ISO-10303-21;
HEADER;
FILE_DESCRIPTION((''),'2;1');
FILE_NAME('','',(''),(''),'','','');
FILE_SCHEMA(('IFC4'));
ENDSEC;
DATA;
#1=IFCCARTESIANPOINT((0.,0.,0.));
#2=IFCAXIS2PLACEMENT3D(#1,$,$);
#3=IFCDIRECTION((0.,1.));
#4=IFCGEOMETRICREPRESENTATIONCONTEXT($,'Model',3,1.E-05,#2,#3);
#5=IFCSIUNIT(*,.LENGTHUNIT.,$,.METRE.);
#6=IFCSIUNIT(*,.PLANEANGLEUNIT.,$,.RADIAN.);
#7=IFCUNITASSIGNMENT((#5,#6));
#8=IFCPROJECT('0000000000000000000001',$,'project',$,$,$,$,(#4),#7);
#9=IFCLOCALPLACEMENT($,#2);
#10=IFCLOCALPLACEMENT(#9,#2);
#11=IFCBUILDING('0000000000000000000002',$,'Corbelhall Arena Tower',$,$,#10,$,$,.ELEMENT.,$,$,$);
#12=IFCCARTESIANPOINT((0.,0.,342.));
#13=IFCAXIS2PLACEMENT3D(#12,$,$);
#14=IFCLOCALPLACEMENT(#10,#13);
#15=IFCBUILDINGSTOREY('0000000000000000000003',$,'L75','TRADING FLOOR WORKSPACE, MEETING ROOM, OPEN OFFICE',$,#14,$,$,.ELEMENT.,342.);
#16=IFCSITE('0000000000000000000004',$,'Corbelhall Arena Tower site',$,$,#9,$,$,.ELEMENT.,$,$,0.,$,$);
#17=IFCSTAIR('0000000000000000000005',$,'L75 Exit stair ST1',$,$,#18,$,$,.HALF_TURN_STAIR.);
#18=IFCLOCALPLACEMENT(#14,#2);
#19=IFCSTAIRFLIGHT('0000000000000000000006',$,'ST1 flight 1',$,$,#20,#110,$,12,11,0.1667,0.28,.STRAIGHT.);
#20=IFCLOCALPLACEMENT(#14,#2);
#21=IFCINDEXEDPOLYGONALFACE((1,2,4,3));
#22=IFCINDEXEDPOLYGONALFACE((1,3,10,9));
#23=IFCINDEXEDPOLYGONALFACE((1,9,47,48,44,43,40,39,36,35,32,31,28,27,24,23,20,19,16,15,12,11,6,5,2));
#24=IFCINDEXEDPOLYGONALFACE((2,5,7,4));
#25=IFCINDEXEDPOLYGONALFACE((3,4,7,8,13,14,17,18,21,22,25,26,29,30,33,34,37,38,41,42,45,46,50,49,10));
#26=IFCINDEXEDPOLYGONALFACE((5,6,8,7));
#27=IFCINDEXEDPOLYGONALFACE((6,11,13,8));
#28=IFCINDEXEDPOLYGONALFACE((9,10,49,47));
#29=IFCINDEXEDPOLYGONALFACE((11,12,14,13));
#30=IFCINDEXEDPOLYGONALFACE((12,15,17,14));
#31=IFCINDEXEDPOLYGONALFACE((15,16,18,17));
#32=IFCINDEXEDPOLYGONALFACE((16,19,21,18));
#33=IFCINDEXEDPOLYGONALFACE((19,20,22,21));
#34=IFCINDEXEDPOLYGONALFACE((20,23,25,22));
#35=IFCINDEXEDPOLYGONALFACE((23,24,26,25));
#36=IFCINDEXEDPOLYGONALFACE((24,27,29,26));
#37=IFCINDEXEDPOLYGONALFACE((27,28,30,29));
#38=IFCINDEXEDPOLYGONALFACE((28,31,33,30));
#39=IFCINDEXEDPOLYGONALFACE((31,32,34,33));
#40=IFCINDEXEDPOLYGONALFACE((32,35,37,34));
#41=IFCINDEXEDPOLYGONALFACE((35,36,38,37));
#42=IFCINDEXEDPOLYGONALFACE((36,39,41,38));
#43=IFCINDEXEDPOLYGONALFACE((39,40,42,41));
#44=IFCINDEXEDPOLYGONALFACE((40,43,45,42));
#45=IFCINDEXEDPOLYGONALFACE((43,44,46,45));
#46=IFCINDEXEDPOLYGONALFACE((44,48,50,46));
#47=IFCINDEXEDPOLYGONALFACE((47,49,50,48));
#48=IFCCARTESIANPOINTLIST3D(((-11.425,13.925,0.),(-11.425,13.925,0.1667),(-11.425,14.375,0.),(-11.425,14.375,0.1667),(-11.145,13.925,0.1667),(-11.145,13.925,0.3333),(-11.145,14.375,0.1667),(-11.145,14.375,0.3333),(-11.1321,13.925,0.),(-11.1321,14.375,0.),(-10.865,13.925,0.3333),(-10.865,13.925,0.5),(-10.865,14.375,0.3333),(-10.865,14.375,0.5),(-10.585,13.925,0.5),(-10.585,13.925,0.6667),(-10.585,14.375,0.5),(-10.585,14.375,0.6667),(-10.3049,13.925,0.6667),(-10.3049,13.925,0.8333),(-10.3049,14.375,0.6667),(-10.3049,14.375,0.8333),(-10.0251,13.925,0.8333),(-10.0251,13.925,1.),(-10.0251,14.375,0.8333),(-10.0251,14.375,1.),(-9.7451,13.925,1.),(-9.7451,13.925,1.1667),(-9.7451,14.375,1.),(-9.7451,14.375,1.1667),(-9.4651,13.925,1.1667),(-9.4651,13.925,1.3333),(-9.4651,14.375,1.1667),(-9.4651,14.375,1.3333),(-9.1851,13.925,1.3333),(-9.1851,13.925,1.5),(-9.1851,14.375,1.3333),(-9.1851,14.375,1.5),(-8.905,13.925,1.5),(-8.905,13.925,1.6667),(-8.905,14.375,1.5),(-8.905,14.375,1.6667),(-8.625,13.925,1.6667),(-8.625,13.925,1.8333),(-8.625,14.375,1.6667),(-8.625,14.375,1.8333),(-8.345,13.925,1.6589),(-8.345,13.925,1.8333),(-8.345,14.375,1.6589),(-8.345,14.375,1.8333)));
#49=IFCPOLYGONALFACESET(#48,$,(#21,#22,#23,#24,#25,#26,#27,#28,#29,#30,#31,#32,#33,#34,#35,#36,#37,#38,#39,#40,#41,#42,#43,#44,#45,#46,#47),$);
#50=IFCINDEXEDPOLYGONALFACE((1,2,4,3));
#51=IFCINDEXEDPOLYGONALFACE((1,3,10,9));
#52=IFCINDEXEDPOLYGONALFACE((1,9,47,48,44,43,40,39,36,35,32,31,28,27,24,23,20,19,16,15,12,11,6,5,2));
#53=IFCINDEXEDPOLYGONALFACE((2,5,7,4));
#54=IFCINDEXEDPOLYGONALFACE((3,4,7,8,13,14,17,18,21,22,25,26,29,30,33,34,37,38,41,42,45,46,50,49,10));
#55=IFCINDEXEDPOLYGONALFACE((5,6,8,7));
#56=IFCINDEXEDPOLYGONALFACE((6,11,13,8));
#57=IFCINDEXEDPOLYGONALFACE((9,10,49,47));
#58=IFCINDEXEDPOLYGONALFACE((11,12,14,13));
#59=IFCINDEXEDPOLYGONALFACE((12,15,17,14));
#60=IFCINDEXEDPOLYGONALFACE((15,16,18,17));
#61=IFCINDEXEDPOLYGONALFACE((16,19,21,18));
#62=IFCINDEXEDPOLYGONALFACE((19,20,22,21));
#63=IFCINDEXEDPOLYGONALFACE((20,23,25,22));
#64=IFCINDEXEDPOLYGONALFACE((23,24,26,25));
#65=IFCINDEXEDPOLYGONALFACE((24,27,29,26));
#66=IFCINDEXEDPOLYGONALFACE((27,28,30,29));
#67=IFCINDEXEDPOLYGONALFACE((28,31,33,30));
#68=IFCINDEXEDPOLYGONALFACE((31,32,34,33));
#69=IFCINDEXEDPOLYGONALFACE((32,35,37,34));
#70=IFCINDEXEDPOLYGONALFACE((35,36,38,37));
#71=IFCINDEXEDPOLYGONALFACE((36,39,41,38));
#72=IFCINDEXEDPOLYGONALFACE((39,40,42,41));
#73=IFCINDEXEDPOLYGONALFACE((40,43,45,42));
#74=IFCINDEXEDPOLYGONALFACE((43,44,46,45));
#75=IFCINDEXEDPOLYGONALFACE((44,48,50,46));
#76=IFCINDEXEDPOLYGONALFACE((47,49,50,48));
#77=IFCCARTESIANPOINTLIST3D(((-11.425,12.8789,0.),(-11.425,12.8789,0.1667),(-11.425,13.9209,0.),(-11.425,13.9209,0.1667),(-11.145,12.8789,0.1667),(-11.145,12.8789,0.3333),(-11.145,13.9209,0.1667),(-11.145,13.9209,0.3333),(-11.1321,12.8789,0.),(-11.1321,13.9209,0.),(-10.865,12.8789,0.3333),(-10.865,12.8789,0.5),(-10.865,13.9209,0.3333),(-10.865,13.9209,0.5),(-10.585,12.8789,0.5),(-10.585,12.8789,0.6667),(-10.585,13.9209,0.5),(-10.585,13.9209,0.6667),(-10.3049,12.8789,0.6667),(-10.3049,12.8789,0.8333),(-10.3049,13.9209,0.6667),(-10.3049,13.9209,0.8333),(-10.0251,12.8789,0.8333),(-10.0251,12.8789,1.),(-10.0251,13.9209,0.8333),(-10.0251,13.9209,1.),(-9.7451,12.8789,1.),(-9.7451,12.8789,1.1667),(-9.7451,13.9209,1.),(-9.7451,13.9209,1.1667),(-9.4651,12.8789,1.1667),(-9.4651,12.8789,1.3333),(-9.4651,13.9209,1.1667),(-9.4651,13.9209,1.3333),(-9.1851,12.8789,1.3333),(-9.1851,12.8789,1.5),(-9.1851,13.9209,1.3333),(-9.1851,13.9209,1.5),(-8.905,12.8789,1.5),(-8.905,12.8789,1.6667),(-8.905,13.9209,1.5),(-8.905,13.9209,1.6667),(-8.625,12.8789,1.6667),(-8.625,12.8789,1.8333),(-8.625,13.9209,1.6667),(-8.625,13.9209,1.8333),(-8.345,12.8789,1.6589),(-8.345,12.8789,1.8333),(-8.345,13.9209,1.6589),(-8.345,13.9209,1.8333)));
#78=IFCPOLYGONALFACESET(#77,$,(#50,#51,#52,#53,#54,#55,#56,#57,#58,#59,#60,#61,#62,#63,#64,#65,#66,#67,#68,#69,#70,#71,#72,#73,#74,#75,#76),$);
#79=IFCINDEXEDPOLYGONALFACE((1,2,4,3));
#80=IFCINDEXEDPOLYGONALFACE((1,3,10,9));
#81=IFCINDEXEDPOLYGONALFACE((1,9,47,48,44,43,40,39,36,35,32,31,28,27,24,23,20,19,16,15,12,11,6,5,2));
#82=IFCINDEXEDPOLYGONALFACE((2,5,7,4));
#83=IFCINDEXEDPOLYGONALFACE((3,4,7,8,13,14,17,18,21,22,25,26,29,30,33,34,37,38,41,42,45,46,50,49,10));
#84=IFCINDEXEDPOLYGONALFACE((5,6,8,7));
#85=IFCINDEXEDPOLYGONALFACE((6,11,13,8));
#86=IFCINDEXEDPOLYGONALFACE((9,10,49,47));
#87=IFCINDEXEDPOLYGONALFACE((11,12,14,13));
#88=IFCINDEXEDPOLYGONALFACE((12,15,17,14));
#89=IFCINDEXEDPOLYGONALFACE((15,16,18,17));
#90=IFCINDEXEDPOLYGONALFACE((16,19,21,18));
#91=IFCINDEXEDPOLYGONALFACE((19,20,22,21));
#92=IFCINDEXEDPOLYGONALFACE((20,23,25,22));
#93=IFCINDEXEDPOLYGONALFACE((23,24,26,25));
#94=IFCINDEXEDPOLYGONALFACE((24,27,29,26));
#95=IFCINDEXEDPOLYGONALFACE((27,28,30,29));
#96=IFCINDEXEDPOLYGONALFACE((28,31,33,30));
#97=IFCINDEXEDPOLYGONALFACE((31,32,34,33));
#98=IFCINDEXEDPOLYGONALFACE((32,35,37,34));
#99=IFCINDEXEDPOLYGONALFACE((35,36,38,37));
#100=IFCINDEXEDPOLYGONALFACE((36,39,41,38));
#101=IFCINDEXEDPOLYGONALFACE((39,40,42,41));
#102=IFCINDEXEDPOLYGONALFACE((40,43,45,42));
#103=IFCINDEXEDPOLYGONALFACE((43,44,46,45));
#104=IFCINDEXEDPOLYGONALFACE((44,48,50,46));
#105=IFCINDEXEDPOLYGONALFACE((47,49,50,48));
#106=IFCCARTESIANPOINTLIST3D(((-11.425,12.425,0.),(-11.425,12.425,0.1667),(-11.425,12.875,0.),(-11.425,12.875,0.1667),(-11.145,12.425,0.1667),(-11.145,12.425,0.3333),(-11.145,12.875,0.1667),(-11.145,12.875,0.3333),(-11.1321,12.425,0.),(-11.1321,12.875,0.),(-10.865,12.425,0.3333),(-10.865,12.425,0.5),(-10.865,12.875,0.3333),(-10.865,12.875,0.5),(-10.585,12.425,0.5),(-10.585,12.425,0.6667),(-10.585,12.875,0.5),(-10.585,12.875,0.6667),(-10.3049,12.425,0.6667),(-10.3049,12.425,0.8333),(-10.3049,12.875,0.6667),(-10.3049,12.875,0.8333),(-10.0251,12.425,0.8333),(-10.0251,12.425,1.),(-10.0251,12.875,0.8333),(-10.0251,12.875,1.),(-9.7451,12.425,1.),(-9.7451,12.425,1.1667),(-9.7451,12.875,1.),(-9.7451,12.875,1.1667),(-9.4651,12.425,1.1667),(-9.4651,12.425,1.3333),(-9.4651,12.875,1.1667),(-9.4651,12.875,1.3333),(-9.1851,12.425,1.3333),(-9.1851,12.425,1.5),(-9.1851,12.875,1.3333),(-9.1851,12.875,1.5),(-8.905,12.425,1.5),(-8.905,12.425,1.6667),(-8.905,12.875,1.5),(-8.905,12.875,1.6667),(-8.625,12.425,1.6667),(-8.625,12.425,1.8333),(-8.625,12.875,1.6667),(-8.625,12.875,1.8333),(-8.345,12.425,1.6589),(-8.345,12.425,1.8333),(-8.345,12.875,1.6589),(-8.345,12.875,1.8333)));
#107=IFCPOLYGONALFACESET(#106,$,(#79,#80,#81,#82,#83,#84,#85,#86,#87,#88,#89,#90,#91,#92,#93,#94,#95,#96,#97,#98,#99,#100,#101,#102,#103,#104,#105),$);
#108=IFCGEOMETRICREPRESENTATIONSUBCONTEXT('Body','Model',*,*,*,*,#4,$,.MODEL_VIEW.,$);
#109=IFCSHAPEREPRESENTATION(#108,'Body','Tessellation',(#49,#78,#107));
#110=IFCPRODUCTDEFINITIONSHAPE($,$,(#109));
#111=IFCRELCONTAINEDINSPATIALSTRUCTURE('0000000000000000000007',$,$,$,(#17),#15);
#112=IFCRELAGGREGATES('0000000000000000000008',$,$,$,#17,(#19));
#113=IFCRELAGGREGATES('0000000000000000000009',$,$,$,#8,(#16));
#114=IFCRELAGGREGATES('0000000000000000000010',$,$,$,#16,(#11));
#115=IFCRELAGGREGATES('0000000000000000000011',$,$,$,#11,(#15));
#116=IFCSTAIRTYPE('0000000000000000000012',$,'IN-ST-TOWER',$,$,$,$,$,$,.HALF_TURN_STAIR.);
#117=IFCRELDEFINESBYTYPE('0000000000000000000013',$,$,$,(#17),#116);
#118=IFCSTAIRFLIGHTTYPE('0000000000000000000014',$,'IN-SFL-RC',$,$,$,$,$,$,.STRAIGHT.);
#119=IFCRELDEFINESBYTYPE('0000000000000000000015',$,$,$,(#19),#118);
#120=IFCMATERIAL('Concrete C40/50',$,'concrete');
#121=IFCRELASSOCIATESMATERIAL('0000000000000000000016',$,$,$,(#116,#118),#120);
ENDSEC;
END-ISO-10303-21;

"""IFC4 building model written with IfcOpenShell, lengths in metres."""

from ifc_helpers import new_model, si_unit, direction, frame, origin, place, context, subcontext, project, spatial, polyline, outline, extrude, material, type_object, element, aggregate, save


model = new_model("IFC4")

# Units and contexts
model_context = context("Model", 3, precision=1e-05, world=origin(), true_north=direction((0.0, 1.0)))
body_context = subcontext(model_context, "Body", "Model", "MODEL_VIEW")
ifc_project = project(units=[si_unit("LENGTHUNIT", "METRE"), si_unit("PLANEANGLEUNIT", "RADIAN")], contexts=[model_context])

# Site, building, storey
site_placement = place(None, origin())
site = spatial("IfcSite", under=ifc_project, at=site_placement, Name="Corbelhall Arena Tower site", CompositionType="ELEMENT", RefElevation=0.0)
building_placement = place(site_placement, origin())
building = spatial("IfcBuilding", under=site, at=building_placement, Name="Corbelhall Arena Tower", CompositionType="ELEMENT")
storey_placement = place(building_placement, frame((0.0, 0.0, 342.0)))
storey = spatial("IfcBuildingStorey", under=building, at=storey_placement, Name="L75", Description="TRADING FLOOR WORKSPACE, MEETING ROOM, OPEN OFFICE", CompositionType="ELEMENT", Elevation=342.0)

# Shared definitions
ifc_material_1 = material(Name="Concrete C40/50", Category="concrete")

# Stair, stair flight
stair_type = type_object("IfcStairType", Name="IN-ST-TOWER", PredefinedType="HALF_TURN_STAIR", material=ifc_material_1)
stair_placement = place(storey_placement, origin())
stair = element("IfcStair", 1, at=stair_placement, inside=storey, type_object=stair_type, Name="L75 Exit stair ST1", PredefinedType="HALF_TURN_STAIR")
stair_flight_type = type_object("IfcStairFlightType", Name="IN-SFL-RC", PredefinedType="STRAIGHT", material=ifc_material_1)
stair_flight_1_placement = place(storey_placement, frame((-11.425, 13.3999, 0.0), z_axis=(0.0, 0.0, 1.0), x_axis=(1.0, 0.0, 0.0)))
stair_flight_1 = element("IfcStairFlight", 2, at=stair_flight_1_placement, type_object=stair_flight_type, Name="ST1 flight 1", NumberOfRisers=12, NumberOfTreads=11, PredefinedType="STRAIGHT", RiserHeight=0.1667, TreadLength=0.28, context=body_context, shape_type="SweptSolid", body=[
    extrude(outline(polyline([(0.0, 0.0), (0.0, 0.1667), (0.28, 0.1667), (0.28, 0.3333), (0.5601, 0.3333), (0.5601, 0.5), (0.8401, 0.5), (0.8401, 0.6667), (1.1201, 0.6667), (1.1201, 0.8333), (1.3999, 0.8333), (1.3999, 1.0), (1.6799, 1.0), (1.6799, 1.1667), (1.96, 1.1667), (1.96, 1.3333), (2.24, 1.3333), (2.24, 1.5), (2.52, 1.5), (2.52, 1.6667), (2.8, 1.6667), (2.8, 1.8333), (3.0801, 1.8333), (3.0801, 2.0), (3.0801, 1.6589), (0.293, 0.0), (0.0, 0.0)])), frame((0.0, 0.9751, 0.0), z_axis=(0.0, -1.0, 0.0), x_axis=(1.0, 0.0, 0.0)), (0.0, 0.0, 1.0), 0.45),
    extrude(outline(polyline([(0.0, 0.0), (0.0, 0.1667), (0.28, 0.1667), (0.28, 0.3333), (0.5601, 0.3333), (0.5601, 0.5), (0.8401, 0.5), (0.8401, 0.6667), (1.1201, 0.6667), (1.1201, 0.8333), (1.3999, 0.8333), (1.3999, 1.0), (1.6799, 1.0), (1.6799, 1.1667), (1.96, 1.1667), (1.96, 1.3333), (2.24, 1.3333), (2.24, 1.5), (2.52, 1.5), (2.52, 1.6667), (2.8, 1.6667), (2.8, 1.8333), (3.0801, 1.8333), (3.0801, 2.0), (3.0801, 1.6589), (0.293, 0.0), (0.0, 0.0)])), frame((0.0, 0.521, 0.0), z_axis=(0.0, -1.0, 0.0), x_axis=(1.0, 0.0, 0.0)), (0.0, 0.0, 1.0), 1.042),
    extrude(outline(polyline([(0.0, 0.0), (0.0, 0.1667), (0.28, 0.1667), (0.28, 0.3333), (0.5601, 0.3333), (0.5601, 0.5), (0.8401, 0.5), (0.8401, 0.6667), (1.1201, 0.6667), (1.1201, 0.8333), (1.3999, 0.8333), (1.3999, 1.0), (1.6799, 1.0), (1.6799, 1.1667), (1.96, 1.1667), (1.96, 1.3333), (2.24, 1.3333), (2.24, 1.5), (2.52, 1.5), (2.52, 1.6667), (2.8, 1.6667), (2.8, 1.8333), (3.0801, 1.8333), (3.0801, 2.0), (3.0801, 1.6589), (0.293, 0.0), (0.0, 0.0)])), frame((0.0, -0.5249, 0.0), z_axis=(0.0, -1.0, 0.0), x_axis=(1.0, 0.0, 0.0)), (0.0, 0.0, 1.0), 0.45),
])
aggregate(stair, [stair_flight_1])

save(model, "model.ifc")
